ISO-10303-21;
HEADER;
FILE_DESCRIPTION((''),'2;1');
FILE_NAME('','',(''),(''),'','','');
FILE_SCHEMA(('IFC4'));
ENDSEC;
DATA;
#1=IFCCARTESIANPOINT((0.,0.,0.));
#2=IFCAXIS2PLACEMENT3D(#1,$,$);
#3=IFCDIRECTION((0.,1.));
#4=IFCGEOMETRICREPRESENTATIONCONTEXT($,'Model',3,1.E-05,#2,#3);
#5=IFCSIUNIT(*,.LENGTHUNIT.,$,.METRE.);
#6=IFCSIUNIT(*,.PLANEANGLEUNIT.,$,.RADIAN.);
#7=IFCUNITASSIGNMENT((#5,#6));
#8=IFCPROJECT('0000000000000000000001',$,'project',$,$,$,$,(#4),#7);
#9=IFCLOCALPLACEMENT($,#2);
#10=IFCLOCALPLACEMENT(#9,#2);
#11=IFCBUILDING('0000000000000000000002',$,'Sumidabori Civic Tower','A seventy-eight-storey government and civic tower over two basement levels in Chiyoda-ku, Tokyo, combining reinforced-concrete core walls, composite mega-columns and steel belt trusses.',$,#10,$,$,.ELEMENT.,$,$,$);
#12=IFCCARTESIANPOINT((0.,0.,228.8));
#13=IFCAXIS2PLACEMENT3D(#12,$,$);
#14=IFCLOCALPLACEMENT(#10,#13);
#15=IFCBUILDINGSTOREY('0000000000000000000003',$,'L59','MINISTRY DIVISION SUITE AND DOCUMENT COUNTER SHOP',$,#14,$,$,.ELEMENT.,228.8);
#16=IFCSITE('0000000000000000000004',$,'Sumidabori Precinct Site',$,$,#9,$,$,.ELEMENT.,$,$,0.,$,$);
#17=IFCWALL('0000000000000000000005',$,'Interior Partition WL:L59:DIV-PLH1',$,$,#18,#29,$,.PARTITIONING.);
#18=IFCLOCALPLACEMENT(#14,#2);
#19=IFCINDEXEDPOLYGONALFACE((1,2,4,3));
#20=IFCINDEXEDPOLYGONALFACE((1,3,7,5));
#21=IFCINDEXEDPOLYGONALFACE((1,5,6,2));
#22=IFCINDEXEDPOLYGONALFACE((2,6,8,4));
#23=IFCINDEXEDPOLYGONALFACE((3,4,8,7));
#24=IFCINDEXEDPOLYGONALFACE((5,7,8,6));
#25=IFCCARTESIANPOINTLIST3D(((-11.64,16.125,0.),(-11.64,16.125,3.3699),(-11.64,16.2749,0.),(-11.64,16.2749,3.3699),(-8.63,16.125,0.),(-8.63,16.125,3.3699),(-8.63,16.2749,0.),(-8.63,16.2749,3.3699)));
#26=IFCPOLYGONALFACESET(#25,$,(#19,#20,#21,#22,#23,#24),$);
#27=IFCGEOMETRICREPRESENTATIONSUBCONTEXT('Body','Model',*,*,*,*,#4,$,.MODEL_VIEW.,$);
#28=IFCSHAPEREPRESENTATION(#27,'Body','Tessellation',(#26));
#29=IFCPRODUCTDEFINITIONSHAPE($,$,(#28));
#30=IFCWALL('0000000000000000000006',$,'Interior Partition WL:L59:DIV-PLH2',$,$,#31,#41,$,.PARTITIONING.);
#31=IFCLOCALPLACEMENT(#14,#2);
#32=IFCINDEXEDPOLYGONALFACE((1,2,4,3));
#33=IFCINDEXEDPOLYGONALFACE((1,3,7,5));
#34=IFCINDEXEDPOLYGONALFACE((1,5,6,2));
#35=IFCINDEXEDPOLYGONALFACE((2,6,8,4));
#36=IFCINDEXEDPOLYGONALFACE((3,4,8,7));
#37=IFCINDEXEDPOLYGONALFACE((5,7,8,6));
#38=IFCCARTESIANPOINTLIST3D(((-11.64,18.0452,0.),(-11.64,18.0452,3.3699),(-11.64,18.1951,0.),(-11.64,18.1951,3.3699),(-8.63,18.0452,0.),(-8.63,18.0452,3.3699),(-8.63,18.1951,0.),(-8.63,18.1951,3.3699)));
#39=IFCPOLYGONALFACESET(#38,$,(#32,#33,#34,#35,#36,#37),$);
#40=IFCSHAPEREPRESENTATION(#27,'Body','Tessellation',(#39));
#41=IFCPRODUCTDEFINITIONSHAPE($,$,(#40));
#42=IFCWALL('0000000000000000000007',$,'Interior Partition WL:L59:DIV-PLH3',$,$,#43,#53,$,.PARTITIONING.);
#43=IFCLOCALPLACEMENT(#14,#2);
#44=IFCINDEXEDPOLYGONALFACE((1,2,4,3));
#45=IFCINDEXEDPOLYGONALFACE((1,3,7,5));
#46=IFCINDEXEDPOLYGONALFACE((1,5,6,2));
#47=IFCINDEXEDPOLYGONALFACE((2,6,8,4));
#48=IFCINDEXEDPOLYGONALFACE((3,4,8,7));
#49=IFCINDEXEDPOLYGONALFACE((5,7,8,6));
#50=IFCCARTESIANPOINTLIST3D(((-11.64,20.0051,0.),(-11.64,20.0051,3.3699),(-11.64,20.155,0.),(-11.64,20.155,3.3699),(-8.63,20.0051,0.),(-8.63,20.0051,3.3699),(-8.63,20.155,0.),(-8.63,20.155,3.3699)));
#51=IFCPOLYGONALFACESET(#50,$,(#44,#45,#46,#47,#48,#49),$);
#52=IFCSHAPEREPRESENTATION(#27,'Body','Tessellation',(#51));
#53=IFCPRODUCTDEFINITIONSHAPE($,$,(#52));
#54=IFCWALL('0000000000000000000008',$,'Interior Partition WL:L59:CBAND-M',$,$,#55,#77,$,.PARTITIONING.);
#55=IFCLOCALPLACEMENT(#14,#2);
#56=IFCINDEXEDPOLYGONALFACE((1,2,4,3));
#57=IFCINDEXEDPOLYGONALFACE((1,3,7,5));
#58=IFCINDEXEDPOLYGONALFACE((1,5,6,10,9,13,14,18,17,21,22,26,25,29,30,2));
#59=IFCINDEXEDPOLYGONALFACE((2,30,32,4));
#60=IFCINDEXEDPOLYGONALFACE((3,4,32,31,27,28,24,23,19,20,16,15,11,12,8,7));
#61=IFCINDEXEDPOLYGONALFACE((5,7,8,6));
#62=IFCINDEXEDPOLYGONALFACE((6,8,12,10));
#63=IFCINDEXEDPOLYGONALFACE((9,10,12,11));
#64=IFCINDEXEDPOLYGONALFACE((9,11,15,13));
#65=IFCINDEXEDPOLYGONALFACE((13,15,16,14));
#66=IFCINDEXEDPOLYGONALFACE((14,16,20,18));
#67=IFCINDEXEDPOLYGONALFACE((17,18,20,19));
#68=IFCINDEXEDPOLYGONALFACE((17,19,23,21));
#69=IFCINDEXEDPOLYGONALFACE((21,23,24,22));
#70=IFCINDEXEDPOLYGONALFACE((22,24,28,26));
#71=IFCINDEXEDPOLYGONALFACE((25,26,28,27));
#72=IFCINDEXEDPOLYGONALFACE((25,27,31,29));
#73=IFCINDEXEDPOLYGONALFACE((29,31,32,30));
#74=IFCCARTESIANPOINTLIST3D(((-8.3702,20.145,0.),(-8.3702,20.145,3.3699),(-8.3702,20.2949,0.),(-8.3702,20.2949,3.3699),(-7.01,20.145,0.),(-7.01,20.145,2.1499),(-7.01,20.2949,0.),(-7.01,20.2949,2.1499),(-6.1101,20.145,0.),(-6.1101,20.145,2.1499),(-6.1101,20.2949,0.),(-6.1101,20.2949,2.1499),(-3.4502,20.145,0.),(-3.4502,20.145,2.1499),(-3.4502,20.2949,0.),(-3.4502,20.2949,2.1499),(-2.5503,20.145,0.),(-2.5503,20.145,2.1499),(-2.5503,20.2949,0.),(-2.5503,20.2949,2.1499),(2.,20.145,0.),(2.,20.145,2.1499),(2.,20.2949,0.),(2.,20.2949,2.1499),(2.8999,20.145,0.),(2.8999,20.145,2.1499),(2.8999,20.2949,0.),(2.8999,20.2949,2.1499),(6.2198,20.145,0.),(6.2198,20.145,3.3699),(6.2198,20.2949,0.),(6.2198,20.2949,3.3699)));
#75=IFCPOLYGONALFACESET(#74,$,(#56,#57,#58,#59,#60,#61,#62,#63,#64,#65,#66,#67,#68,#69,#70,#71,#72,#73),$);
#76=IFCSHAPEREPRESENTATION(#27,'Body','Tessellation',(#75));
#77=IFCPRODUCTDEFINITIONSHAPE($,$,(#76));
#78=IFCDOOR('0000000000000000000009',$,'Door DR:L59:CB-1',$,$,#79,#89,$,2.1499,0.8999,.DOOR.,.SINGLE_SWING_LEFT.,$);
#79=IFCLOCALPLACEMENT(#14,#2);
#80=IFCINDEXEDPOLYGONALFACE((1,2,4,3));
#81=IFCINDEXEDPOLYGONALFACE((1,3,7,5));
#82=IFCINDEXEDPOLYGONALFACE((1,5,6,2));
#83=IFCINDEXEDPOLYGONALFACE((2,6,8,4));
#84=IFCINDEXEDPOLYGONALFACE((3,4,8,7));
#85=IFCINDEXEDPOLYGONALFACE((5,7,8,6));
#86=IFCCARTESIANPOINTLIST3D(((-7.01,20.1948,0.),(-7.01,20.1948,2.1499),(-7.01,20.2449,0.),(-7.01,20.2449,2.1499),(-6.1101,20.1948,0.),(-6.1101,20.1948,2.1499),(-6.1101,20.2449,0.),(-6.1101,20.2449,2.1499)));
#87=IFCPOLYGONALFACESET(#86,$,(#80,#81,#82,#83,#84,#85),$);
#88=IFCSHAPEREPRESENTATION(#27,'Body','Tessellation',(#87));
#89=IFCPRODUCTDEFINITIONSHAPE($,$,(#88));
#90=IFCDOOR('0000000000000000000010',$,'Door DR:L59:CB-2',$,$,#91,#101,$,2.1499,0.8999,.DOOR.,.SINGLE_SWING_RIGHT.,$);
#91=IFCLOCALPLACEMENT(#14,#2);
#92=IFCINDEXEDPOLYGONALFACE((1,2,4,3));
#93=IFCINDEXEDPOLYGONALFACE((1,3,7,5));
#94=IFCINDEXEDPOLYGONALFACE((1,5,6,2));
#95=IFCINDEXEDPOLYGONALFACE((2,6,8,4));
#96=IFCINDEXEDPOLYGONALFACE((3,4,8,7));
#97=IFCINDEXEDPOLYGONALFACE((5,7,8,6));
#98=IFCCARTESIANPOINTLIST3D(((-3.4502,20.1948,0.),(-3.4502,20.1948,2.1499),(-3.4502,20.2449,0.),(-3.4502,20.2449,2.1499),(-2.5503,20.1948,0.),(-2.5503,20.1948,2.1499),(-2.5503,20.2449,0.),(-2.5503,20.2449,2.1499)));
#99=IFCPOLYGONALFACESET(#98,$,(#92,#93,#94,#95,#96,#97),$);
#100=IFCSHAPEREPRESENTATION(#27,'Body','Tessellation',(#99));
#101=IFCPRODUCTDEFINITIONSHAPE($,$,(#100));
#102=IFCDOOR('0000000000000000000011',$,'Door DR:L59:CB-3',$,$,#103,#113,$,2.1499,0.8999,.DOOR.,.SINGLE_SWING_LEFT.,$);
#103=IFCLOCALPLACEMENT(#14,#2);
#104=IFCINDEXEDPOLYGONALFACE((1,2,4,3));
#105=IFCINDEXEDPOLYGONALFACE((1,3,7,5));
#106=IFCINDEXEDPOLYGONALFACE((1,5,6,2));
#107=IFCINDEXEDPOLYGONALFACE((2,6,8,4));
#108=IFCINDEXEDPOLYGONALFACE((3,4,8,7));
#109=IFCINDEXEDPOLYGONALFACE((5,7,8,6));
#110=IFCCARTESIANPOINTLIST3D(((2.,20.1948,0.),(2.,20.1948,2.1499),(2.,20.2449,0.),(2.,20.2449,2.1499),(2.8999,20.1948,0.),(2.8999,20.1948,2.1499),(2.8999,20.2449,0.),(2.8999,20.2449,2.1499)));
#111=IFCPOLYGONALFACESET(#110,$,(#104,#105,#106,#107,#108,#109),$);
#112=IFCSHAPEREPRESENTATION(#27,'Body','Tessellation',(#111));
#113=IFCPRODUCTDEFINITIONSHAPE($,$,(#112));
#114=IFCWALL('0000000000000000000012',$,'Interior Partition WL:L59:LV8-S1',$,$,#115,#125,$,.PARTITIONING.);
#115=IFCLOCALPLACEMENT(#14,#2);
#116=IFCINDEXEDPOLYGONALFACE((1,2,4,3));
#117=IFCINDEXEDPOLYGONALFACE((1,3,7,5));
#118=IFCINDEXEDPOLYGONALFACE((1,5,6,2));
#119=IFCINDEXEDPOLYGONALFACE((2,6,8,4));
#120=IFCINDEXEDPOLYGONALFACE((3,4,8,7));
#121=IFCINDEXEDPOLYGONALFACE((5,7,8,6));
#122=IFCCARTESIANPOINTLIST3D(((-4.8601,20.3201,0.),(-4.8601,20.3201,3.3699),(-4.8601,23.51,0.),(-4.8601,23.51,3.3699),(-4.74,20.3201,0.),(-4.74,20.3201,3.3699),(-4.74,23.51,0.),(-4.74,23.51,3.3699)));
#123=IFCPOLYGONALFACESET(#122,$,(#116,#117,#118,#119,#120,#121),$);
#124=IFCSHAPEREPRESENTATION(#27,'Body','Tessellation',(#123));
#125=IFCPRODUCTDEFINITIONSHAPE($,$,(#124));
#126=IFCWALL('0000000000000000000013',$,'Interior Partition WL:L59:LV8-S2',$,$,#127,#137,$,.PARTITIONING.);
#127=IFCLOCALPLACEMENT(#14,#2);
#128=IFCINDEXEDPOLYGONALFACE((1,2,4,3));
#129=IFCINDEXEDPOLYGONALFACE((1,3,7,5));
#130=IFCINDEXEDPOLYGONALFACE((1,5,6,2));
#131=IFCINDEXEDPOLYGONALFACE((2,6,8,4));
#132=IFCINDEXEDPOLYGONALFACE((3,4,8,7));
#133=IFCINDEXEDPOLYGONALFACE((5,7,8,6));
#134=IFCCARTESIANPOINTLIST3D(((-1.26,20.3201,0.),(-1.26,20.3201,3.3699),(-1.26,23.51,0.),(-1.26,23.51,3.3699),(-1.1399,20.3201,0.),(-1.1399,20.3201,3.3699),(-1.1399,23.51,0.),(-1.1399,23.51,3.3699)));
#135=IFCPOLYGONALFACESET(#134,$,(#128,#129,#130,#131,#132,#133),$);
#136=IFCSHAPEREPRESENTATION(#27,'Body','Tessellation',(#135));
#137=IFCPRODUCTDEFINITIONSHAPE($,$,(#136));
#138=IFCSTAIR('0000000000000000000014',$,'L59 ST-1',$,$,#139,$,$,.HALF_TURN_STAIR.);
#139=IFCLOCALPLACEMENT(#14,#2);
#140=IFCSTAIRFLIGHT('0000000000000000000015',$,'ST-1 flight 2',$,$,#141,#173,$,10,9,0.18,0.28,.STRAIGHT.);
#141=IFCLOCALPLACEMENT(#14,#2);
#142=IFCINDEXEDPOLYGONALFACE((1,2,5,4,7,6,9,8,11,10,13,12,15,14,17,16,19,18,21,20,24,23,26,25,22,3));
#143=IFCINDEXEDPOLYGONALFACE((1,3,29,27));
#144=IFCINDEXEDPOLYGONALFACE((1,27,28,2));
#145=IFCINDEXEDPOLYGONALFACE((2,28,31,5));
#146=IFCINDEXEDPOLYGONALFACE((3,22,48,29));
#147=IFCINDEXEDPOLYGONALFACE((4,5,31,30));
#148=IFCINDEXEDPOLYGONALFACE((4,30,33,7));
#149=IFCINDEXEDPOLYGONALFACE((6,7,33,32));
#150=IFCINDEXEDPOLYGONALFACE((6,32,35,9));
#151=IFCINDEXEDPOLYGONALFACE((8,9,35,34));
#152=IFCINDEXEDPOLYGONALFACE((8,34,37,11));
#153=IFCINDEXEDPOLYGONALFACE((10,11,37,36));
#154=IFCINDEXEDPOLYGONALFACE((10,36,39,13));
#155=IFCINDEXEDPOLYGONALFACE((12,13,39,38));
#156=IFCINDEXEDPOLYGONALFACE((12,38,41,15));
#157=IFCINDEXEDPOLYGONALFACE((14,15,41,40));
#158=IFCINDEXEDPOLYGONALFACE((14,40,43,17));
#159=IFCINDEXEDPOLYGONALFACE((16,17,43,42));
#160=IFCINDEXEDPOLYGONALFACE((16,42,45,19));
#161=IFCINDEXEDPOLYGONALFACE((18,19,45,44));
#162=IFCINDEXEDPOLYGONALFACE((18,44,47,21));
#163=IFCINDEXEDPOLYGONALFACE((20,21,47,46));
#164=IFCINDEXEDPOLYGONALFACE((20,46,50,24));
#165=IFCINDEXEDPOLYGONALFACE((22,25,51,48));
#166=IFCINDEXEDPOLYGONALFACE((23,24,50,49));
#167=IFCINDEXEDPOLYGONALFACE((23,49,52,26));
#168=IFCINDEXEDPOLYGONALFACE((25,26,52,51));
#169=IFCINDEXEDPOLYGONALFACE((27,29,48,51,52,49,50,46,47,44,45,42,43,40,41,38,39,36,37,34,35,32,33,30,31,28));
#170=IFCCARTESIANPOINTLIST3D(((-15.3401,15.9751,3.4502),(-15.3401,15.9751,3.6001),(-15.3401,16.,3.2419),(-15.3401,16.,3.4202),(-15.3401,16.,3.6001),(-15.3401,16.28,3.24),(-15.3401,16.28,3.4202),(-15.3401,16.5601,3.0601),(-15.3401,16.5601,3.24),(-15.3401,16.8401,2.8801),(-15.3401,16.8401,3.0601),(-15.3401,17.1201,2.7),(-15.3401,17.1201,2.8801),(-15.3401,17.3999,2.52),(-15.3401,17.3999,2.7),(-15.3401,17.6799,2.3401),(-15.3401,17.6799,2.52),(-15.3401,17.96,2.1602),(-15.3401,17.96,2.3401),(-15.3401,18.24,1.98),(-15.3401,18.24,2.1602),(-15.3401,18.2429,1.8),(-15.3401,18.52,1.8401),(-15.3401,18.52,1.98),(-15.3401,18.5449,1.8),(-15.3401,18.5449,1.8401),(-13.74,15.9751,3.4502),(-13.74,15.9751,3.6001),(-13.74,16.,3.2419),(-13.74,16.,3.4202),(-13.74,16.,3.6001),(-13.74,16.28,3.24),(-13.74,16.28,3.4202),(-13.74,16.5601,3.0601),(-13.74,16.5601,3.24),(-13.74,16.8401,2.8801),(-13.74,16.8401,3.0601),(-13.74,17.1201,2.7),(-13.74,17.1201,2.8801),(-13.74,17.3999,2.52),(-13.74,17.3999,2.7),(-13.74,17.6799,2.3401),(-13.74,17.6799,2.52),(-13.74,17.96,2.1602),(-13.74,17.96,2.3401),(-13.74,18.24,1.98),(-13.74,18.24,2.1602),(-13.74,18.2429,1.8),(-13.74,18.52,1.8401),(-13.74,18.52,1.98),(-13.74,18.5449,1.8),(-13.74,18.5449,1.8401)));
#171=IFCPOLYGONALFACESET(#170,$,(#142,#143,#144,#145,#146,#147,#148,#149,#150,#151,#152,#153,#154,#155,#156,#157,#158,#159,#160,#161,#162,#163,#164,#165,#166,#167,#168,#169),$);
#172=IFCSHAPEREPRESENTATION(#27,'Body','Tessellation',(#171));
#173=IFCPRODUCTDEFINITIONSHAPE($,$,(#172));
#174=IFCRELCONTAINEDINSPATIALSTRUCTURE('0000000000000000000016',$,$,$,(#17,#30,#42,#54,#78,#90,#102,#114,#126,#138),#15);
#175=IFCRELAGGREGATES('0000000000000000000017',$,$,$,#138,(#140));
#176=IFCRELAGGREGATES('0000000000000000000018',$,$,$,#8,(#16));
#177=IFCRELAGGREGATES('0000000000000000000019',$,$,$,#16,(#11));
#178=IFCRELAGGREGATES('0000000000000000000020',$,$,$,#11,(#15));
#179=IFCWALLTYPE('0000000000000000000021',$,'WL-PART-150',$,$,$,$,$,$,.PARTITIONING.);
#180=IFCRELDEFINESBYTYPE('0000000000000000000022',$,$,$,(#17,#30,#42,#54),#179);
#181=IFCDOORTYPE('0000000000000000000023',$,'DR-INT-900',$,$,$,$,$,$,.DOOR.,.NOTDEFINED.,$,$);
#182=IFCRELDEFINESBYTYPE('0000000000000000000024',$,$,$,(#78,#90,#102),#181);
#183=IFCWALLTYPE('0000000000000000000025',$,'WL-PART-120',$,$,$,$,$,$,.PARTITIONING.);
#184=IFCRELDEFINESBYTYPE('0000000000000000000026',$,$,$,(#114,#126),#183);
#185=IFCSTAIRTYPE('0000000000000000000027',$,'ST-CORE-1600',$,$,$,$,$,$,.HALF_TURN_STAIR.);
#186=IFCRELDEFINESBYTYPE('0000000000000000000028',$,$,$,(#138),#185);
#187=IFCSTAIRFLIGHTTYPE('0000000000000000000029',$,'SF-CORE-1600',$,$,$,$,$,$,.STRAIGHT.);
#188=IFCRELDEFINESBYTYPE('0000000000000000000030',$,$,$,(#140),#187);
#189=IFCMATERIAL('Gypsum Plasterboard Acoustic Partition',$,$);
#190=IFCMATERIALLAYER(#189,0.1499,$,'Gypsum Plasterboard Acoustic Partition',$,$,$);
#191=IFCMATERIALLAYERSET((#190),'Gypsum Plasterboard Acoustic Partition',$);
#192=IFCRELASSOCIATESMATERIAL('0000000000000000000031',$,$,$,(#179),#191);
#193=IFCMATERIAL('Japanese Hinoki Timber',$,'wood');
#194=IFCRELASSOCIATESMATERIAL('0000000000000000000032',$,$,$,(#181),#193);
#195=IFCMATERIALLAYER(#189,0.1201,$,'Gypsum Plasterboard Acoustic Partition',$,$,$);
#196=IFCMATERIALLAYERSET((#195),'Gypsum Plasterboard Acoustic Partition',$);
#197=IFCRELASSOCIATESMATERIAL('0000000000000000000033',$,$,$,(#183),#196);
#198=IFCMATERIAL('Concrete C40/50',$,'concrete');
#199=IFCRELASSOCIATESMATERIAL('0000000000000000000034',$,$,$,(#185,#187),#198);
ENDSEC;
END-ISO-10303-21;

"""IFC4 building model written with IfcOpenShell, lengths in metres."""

from ifc_helpers import new_model, si_unit, direction, frame, frame_2d, origin, place, context, subcontext, project, spatial, polyline, rectangle, outline, extrude, source, transform, mapped, material, layer, layer_set, type_object, element, fill, aggregate, save


model = new_model("IFC4")

# Units and contexts
model_context = context("Model", 3, precision=1e-05, world=origin(), true_north=direction((0.0, 1.0)))
body_context = subcontext(model_context, "Body", "Model", "MODEL_VIEW")
ifc_project = project(units=[si_unit("LENGTHUNIT", "METRE"), si_unit("PLANEANGLEUNIT", "RADIAN")], contexts=[model_context])

# Site, building, storey
site_placement = place(None, origin())
site = spatial("IfcSite", under=ifc_project, at=site_placement, Name="Sumidabori Precinct Site", CompositionType="ELEMENT", RefElevation=0.0)
building_placement = place(site_placement, origin())
building = spatial("IfcBuilding", under=site, at=building_placement, Name="Sumidabori Civic Tower", Description="A seventy-eight-storey government and civic tower over two basement levels in Chiyoda-ku, Tokyo, combining reinforced-concrete core walls, composite mega-columns and steel belt trusses.", CompositionType="ELEMENT")
storey_placement = place(building_placement, frame((0.0, 0.0, 228.8)))
storey = spatial("IfcBuildingStorey", under=building, at=storey_placement, Name="L59", Description="MINISTRY DIVISION SUITE AND DOCUMENT COUNTER SHOP", CompositionType="ELEMENT", Elevation=228.8)

# Walls
ifc_material_1 = material(Name="Gypsum Plasterboard Acoustic Partition")
ifc_layer_1 = layer(ifc_material_1, 0.1499, Name="Gypsum Plasterboard Acoustic Partition")
ifc_layer_set_1 = layer_set([ifc_layer_1], Name="Gypsum Plasterboard Acoustic Partition")
wall_type_1 = type_object("IfcWallType", Name="WL-PART-150", PredefinedType="PARTITIONING", material=ifc_layer_set_1)
shared_shape_1 = source(origin(), body_context, "Body", "SweptSolid", [
    extrude(rectangle(XDim=3.01, YDim=0.1499, at=frame_2d((1.5049, 0.0))), origin(), (0.0, 0.0, 1.0), 3.3699),
])
for number, where, z_axis, x_axis, name in (
    (1, (-11.6399, 16.2, 0.0), (0.0, 0.0, 1.0), (1.0, 0.0, 0.0), "Interior Partition WL:L59:DIV-PLH1"),
    (2, (-11.6399, 18.1201, 0.0), (0.0, 0.0, 1.0), (1.0, 0.0, 0.0), "Interior Partition WL:L59:DIV-PLH2"),
    (3, (-11.6399, 20.0801, 0.0), (0.0, 0.0, 1.0), (1.0, 0.0, 0.0), "Interior Partition WL:L59:DIV-PLH3"),
):
    element("IfcWall", number, at=place(storey_placement, frame(where, z_axis=z_axis, x_axis=x_axis)), inside=storey, type_object=wall_type_1, Name=name, PredefinedType="PARTITIONING", context=body_context, shape_type="MappedRepresentation", body=[
        mapped(shared_shape_1, transform((0.0, 0.0, 0.0), x_axis=(1.0, 0.0, 0.0), y_axis=(0.0, 1.0, 0.0), z_axis=(0.0, 0.0, 1.0), scale=1.0)),
    ])

# Wall, openings, doors
shared_shape_2 = source(origin(), body_context, "Body", "SweptSolid", [
    extrude(rectangle(XDim=14.5901, YDim=0.1499, at=frame_2d((7.2949, 0.0))), origin(), (0.0, 0.0, 1.0), 3.3699),
])
wall_1_placement = place(storey_placement, frame((-8.3701, 20.22, 0.0), z_axis=(0.0, 0.0, 1.0), x_axis=(1.0, 0.0, 0.0)))
wall_1 = element("IfcWall", 4, at=wall_1_placement, inside=storey, type_object=wall_type_1, Name="Interior Partition WL:L59:CBAND-M", PredefinedType="PARTITIONING", context=body_context, shape_type="MappedRepresentation", body=[
    mapped(shared_shape_2, transform((0.0, 0.0, 0.0), x_axis=(1.0, 0.0, 0.0), y_axis=(0.0, 1.0, 0.0), z_axis=(0.0, 0.0, 1.0), scale=1.0)),
])
opening_1_placement = place(wall_1_placement, frame((1.3601, 0.0, 0.0)))
opening_1 = element("IfcOpeningElement", 5, at=opening_1_placement, cuts=wall_1, PredefinedType="OPENING", context=body_context, shape_type="SweptSolid", body=[
    extrude(rectangle(XDim=0.8999, YDim=2.1499, at=frame_2d((0.45, 1.075))), frame((0.0, 0.0869, 0.0), z_axis=(0.0, -1.0, 0.0), x_axis=(1.0, 0.0, 0.0)), (0.0, 0.0, 1.0), 0.1738),
])
opening_2_placement = place(wall_1_placement, frame((4.9199, 0.0, 0.0)))
opening_2 = element("IfcOpeningElement", 6, at=opening_2_placement, cuts=wall_1, PredefinedType="OPENING", context=body_context, shape_type="SweptSolid", body=[
    extrude(rectangle(XDim=0.8999, YDim=2.1499, at=frame_2d((0.45, 1.075))), frame((0.0, 0.0869, 0.0), z_axis=(0.0, -1.0, 0.0), x_axis=(1.0, 0.0, 0.0)), (0.0, 0.0, 1.0), 0.1738),
])
opening_3_placement = place(wall_1_placement, frame((10.3701, 0.0, 0.0)))
opening_3 = element("IfcOpeningElement", 7, at=opening_3_placement, cuts=wall_1, PredefinedType="OPENING", context=body_context, shape_type="SweptSolid", body=[
    extrude(rectangle(XDim=0.8999, YDim=2.1499, at=frame_2d((0.45, 1.075))), frame((0.0, 0.0869, 0.0), z_axis=(0.0, -1.0, 0.0), x_axis=(1.0, 0.0, 0.0)), (0.0, 0.0, 1.0), 0.1738),
])
ifc_material_2 = material(Name="Japanese Hinoki Timber", Category="wood")
door_type = type_object("IfcDoorType", Name="DR-INT-900", OperationType="NOTDEFINED", PredefinedType="DOOR", material=ifc_material_2)
shared_shape_3 = source(origin(), body_context, "Body", "SweptSolid", [
    extrude(rectangle(XDim=0.8999, YDim=2.1499, at=frame_2d((0.45, 1.075))), frame((0.0, 0.0249, 0.0), z_axis=(0.0, -1.0, 0.0), x_axis=(1.0, 0.0, 0.0)), (0.0, 0.0, 1.0), 0.05),
])
door_1_placement = place(opening_1_placement, origin())
door_1 = element("IfcDoor", 8, at=door_1_placement, inside=storey, type_object=door_type, Name="Door DR:L59:CB-1", OperationType="SINGLE_SWING_LEFT", OverallHeight=2.1499, OverallWidth=0.8999, PredefinedType="DOOR", context=body_context, shape_type="MappedRepresentation", body=[
    mapped(shared_shape_3, transform((0.0, 0.0, 0.0), x_axis=(1.0, 0.0, 0.0), y_axis=(0.0, 1.0, 0.0), z_axis=(0.0, 0.0, 1.0), scale=1.0)),
])
fill(opening_1, door_1)
door_2_placement = place(opening_2_placement, origin())
door_2 = element("IfcDoor", 9, at=door_2_placement, inside=storey, type_object=door_type, Name="Door DR:L59:CB-2", OperationType="SINGLE_SWING_RIGHT", OverallHeight=2.1499, OverallWidth=0.8999, PredefinedType="DOOR", context=body_context, shape_type="MappedRepresentation", body=[
    mapped(shared_shape_3, transform((0.0, 0.0, 0.0), x_axis=(1.0, 0.0, 0.0), y_axis=(0.0, 1.0, 0.0), z_axis=(0.0, 0.0, 1.0), scale=1.0)),
])
fill(opening_2, door_2)
door_3_placement = place(opening_3_placement, origin())
door_3 = element("IfcDoor", 10, at=door_3_placement, inside=storey, type_object=door_type, Name="Door DR:L59:CB-3", OperationType="SINGLE_SWING_LEFT", OverallHeight=2.1499, OverallWidth=0.8999, PredefinedType="DOOR", context=body_context, shape_type="MappedRepresentation", body=[
    mapped(shared_shape_3, transform((0.0, 0.0, 0.0), x_axis=(1.0, 0.0, 0.0), y_axis=(0.0, 1.0, 0.0), z_axis=(0.0, 0.0, 1.0), scale=1.0)),
])
fill(opening_3, door_3)

# Walls
ifc_layer_2 = layer(ifc_material_1, 0.1201, Name="Gypsum Plasterboard Acoustic Partition")
ifc_layer_set_2 = layer_set([ifc_layer_2], Name="Gypsum Plasterboard Acoustic Partition")
wall_type_2 = type_object("IfcWallType", Name="WL-PART-120", PredefinedType="PARTITIONING", material=ifc_layer_set_2)
shared_shape_4 = source(origin(), body_context, "Body", "SweptSolid", [
    extrude(rectangle(XDim=3.1899, YDim=0.1201, at=frame_2d((1.595, 0.0))), origin(), (0.0, 0.0, 1.0), 3.3699),
])
for number, where, z_axis, x_axis, name in (
    (11, (-4.8, 20.3201, 0.0), (0.0, 0.0, 1.0), (0.0, 1.0, 0.0), "Interior Partition WL:L59:LV8-S1"),
    (12, (-1.2, 20.3201, 0.0), (0.0, 0.0, 1.0), (0.0, 1.0, 0.0), "Interior Partition WL:L59:LV8-S2"),
):
    element("IfcWall", number, at=place(storey_placement, frame(where, z_axis=z_axis, x_axis=x_axis)), inside=storey, type_object=wall_type_2, Name=name, PredefinedType="PARTITIONING", context=body_context, shape_type="MappedRepresentation", body=[
        mapped(shared_shape_4, transform((0.0, 0.0, 0.0), x_axis=(1.0, 0.0, 0.0), y_axis=(0.0, 1.0, 0.0), z_axis=(0.0, 0.0, 1.0), scale=1.0)),
    ])

# Stair, stair flight
ifc_material_3 = material(Name="Concrete C40/50", Category="concrete")
stair_type = type_object("IfcStairType", Name="ST-CORE-1600", PredefinedType="HALF_TURN_STAIR", material=ifc_material_3)
stair_placement = place(storey_placement, origin())
stair = element("IfcStair", 13, at=stair_placement, inside=storey, type_object=stair_type, Name="L59 ST-1", PredefinedType="HALF_TURN_STAIR")
stair_flight_type = type_object("IfcStairFlightType", Name="SF-CORE-1600", PredefinedType="STRAIGHT", material=ifc_material_3)
shared_shape_5 = source(origin(), body_context, "Body", "SweptSolid", [
    extrude(outline(polyline([(-0.0249, 0.0), (-0.0249, 0.04), (0.0, 0.04), (0.0, 0.1799), (0.28, 0.1799), (0.28, 0.3601), (0.5601, 0.3601), (0.5601, 0.54), (0.8401, 0.54), (0.8401, 0.72), (1.1201, 0.72), (1.1201, 0.8999), (1.3999, 0.8999), (1.3999, 1.0801), (1.6799, 1.0801), (1.6799, 1.26), (1.96, 1.26), (1.96, 1.4399), (2.24, 1.4399), (2.24, 1.6201), (2.52, 1.6201), (2.52, 1.8), (2.5449, 1.8), (2.5449, 1.6501), (2.52, 1.4419), (0.2771, 0.0), (-0.0249, 0.0)])), frame((0.0, 0.8, 0.0), z_axis=(0.0, -1.0, 0.0), x_axis=(1.0, 0.0, 0.0)), (0.0, 0.0, 1.0), 1.6001),
])
stair_flight_placement = place(storey_placement, frame((-14.54, 18.52, 1.8), z_axis=(0.0, 0.0, 1.0), x_axis=(0.0, -1.0, 0.0)))
stair_flight = element("IfcStairFlight", 14, at=stair_flight_placement, type_object=stair_flight_type, Name="ST-1 flight 2", NumberOfRisers=10, NumberOfTreads=9, PredefinedType="STRAIGHT", RiserHeight=0.18, TreadLength=0.28, context=body_context, shape_type="MappedRepresentation", body=[
    mapped(shared_shape_5, transform((0.0, 0.0, 0.0), x_axis=(1.0, 0.0, 0.0), y_axis=(0.0, 1.0, 0.0), z_axis=(0.0, 0.0, 1.0), scale=1.0)),
])
aggregate(stair, [stair_flight])

save(model, "model.ifc")
